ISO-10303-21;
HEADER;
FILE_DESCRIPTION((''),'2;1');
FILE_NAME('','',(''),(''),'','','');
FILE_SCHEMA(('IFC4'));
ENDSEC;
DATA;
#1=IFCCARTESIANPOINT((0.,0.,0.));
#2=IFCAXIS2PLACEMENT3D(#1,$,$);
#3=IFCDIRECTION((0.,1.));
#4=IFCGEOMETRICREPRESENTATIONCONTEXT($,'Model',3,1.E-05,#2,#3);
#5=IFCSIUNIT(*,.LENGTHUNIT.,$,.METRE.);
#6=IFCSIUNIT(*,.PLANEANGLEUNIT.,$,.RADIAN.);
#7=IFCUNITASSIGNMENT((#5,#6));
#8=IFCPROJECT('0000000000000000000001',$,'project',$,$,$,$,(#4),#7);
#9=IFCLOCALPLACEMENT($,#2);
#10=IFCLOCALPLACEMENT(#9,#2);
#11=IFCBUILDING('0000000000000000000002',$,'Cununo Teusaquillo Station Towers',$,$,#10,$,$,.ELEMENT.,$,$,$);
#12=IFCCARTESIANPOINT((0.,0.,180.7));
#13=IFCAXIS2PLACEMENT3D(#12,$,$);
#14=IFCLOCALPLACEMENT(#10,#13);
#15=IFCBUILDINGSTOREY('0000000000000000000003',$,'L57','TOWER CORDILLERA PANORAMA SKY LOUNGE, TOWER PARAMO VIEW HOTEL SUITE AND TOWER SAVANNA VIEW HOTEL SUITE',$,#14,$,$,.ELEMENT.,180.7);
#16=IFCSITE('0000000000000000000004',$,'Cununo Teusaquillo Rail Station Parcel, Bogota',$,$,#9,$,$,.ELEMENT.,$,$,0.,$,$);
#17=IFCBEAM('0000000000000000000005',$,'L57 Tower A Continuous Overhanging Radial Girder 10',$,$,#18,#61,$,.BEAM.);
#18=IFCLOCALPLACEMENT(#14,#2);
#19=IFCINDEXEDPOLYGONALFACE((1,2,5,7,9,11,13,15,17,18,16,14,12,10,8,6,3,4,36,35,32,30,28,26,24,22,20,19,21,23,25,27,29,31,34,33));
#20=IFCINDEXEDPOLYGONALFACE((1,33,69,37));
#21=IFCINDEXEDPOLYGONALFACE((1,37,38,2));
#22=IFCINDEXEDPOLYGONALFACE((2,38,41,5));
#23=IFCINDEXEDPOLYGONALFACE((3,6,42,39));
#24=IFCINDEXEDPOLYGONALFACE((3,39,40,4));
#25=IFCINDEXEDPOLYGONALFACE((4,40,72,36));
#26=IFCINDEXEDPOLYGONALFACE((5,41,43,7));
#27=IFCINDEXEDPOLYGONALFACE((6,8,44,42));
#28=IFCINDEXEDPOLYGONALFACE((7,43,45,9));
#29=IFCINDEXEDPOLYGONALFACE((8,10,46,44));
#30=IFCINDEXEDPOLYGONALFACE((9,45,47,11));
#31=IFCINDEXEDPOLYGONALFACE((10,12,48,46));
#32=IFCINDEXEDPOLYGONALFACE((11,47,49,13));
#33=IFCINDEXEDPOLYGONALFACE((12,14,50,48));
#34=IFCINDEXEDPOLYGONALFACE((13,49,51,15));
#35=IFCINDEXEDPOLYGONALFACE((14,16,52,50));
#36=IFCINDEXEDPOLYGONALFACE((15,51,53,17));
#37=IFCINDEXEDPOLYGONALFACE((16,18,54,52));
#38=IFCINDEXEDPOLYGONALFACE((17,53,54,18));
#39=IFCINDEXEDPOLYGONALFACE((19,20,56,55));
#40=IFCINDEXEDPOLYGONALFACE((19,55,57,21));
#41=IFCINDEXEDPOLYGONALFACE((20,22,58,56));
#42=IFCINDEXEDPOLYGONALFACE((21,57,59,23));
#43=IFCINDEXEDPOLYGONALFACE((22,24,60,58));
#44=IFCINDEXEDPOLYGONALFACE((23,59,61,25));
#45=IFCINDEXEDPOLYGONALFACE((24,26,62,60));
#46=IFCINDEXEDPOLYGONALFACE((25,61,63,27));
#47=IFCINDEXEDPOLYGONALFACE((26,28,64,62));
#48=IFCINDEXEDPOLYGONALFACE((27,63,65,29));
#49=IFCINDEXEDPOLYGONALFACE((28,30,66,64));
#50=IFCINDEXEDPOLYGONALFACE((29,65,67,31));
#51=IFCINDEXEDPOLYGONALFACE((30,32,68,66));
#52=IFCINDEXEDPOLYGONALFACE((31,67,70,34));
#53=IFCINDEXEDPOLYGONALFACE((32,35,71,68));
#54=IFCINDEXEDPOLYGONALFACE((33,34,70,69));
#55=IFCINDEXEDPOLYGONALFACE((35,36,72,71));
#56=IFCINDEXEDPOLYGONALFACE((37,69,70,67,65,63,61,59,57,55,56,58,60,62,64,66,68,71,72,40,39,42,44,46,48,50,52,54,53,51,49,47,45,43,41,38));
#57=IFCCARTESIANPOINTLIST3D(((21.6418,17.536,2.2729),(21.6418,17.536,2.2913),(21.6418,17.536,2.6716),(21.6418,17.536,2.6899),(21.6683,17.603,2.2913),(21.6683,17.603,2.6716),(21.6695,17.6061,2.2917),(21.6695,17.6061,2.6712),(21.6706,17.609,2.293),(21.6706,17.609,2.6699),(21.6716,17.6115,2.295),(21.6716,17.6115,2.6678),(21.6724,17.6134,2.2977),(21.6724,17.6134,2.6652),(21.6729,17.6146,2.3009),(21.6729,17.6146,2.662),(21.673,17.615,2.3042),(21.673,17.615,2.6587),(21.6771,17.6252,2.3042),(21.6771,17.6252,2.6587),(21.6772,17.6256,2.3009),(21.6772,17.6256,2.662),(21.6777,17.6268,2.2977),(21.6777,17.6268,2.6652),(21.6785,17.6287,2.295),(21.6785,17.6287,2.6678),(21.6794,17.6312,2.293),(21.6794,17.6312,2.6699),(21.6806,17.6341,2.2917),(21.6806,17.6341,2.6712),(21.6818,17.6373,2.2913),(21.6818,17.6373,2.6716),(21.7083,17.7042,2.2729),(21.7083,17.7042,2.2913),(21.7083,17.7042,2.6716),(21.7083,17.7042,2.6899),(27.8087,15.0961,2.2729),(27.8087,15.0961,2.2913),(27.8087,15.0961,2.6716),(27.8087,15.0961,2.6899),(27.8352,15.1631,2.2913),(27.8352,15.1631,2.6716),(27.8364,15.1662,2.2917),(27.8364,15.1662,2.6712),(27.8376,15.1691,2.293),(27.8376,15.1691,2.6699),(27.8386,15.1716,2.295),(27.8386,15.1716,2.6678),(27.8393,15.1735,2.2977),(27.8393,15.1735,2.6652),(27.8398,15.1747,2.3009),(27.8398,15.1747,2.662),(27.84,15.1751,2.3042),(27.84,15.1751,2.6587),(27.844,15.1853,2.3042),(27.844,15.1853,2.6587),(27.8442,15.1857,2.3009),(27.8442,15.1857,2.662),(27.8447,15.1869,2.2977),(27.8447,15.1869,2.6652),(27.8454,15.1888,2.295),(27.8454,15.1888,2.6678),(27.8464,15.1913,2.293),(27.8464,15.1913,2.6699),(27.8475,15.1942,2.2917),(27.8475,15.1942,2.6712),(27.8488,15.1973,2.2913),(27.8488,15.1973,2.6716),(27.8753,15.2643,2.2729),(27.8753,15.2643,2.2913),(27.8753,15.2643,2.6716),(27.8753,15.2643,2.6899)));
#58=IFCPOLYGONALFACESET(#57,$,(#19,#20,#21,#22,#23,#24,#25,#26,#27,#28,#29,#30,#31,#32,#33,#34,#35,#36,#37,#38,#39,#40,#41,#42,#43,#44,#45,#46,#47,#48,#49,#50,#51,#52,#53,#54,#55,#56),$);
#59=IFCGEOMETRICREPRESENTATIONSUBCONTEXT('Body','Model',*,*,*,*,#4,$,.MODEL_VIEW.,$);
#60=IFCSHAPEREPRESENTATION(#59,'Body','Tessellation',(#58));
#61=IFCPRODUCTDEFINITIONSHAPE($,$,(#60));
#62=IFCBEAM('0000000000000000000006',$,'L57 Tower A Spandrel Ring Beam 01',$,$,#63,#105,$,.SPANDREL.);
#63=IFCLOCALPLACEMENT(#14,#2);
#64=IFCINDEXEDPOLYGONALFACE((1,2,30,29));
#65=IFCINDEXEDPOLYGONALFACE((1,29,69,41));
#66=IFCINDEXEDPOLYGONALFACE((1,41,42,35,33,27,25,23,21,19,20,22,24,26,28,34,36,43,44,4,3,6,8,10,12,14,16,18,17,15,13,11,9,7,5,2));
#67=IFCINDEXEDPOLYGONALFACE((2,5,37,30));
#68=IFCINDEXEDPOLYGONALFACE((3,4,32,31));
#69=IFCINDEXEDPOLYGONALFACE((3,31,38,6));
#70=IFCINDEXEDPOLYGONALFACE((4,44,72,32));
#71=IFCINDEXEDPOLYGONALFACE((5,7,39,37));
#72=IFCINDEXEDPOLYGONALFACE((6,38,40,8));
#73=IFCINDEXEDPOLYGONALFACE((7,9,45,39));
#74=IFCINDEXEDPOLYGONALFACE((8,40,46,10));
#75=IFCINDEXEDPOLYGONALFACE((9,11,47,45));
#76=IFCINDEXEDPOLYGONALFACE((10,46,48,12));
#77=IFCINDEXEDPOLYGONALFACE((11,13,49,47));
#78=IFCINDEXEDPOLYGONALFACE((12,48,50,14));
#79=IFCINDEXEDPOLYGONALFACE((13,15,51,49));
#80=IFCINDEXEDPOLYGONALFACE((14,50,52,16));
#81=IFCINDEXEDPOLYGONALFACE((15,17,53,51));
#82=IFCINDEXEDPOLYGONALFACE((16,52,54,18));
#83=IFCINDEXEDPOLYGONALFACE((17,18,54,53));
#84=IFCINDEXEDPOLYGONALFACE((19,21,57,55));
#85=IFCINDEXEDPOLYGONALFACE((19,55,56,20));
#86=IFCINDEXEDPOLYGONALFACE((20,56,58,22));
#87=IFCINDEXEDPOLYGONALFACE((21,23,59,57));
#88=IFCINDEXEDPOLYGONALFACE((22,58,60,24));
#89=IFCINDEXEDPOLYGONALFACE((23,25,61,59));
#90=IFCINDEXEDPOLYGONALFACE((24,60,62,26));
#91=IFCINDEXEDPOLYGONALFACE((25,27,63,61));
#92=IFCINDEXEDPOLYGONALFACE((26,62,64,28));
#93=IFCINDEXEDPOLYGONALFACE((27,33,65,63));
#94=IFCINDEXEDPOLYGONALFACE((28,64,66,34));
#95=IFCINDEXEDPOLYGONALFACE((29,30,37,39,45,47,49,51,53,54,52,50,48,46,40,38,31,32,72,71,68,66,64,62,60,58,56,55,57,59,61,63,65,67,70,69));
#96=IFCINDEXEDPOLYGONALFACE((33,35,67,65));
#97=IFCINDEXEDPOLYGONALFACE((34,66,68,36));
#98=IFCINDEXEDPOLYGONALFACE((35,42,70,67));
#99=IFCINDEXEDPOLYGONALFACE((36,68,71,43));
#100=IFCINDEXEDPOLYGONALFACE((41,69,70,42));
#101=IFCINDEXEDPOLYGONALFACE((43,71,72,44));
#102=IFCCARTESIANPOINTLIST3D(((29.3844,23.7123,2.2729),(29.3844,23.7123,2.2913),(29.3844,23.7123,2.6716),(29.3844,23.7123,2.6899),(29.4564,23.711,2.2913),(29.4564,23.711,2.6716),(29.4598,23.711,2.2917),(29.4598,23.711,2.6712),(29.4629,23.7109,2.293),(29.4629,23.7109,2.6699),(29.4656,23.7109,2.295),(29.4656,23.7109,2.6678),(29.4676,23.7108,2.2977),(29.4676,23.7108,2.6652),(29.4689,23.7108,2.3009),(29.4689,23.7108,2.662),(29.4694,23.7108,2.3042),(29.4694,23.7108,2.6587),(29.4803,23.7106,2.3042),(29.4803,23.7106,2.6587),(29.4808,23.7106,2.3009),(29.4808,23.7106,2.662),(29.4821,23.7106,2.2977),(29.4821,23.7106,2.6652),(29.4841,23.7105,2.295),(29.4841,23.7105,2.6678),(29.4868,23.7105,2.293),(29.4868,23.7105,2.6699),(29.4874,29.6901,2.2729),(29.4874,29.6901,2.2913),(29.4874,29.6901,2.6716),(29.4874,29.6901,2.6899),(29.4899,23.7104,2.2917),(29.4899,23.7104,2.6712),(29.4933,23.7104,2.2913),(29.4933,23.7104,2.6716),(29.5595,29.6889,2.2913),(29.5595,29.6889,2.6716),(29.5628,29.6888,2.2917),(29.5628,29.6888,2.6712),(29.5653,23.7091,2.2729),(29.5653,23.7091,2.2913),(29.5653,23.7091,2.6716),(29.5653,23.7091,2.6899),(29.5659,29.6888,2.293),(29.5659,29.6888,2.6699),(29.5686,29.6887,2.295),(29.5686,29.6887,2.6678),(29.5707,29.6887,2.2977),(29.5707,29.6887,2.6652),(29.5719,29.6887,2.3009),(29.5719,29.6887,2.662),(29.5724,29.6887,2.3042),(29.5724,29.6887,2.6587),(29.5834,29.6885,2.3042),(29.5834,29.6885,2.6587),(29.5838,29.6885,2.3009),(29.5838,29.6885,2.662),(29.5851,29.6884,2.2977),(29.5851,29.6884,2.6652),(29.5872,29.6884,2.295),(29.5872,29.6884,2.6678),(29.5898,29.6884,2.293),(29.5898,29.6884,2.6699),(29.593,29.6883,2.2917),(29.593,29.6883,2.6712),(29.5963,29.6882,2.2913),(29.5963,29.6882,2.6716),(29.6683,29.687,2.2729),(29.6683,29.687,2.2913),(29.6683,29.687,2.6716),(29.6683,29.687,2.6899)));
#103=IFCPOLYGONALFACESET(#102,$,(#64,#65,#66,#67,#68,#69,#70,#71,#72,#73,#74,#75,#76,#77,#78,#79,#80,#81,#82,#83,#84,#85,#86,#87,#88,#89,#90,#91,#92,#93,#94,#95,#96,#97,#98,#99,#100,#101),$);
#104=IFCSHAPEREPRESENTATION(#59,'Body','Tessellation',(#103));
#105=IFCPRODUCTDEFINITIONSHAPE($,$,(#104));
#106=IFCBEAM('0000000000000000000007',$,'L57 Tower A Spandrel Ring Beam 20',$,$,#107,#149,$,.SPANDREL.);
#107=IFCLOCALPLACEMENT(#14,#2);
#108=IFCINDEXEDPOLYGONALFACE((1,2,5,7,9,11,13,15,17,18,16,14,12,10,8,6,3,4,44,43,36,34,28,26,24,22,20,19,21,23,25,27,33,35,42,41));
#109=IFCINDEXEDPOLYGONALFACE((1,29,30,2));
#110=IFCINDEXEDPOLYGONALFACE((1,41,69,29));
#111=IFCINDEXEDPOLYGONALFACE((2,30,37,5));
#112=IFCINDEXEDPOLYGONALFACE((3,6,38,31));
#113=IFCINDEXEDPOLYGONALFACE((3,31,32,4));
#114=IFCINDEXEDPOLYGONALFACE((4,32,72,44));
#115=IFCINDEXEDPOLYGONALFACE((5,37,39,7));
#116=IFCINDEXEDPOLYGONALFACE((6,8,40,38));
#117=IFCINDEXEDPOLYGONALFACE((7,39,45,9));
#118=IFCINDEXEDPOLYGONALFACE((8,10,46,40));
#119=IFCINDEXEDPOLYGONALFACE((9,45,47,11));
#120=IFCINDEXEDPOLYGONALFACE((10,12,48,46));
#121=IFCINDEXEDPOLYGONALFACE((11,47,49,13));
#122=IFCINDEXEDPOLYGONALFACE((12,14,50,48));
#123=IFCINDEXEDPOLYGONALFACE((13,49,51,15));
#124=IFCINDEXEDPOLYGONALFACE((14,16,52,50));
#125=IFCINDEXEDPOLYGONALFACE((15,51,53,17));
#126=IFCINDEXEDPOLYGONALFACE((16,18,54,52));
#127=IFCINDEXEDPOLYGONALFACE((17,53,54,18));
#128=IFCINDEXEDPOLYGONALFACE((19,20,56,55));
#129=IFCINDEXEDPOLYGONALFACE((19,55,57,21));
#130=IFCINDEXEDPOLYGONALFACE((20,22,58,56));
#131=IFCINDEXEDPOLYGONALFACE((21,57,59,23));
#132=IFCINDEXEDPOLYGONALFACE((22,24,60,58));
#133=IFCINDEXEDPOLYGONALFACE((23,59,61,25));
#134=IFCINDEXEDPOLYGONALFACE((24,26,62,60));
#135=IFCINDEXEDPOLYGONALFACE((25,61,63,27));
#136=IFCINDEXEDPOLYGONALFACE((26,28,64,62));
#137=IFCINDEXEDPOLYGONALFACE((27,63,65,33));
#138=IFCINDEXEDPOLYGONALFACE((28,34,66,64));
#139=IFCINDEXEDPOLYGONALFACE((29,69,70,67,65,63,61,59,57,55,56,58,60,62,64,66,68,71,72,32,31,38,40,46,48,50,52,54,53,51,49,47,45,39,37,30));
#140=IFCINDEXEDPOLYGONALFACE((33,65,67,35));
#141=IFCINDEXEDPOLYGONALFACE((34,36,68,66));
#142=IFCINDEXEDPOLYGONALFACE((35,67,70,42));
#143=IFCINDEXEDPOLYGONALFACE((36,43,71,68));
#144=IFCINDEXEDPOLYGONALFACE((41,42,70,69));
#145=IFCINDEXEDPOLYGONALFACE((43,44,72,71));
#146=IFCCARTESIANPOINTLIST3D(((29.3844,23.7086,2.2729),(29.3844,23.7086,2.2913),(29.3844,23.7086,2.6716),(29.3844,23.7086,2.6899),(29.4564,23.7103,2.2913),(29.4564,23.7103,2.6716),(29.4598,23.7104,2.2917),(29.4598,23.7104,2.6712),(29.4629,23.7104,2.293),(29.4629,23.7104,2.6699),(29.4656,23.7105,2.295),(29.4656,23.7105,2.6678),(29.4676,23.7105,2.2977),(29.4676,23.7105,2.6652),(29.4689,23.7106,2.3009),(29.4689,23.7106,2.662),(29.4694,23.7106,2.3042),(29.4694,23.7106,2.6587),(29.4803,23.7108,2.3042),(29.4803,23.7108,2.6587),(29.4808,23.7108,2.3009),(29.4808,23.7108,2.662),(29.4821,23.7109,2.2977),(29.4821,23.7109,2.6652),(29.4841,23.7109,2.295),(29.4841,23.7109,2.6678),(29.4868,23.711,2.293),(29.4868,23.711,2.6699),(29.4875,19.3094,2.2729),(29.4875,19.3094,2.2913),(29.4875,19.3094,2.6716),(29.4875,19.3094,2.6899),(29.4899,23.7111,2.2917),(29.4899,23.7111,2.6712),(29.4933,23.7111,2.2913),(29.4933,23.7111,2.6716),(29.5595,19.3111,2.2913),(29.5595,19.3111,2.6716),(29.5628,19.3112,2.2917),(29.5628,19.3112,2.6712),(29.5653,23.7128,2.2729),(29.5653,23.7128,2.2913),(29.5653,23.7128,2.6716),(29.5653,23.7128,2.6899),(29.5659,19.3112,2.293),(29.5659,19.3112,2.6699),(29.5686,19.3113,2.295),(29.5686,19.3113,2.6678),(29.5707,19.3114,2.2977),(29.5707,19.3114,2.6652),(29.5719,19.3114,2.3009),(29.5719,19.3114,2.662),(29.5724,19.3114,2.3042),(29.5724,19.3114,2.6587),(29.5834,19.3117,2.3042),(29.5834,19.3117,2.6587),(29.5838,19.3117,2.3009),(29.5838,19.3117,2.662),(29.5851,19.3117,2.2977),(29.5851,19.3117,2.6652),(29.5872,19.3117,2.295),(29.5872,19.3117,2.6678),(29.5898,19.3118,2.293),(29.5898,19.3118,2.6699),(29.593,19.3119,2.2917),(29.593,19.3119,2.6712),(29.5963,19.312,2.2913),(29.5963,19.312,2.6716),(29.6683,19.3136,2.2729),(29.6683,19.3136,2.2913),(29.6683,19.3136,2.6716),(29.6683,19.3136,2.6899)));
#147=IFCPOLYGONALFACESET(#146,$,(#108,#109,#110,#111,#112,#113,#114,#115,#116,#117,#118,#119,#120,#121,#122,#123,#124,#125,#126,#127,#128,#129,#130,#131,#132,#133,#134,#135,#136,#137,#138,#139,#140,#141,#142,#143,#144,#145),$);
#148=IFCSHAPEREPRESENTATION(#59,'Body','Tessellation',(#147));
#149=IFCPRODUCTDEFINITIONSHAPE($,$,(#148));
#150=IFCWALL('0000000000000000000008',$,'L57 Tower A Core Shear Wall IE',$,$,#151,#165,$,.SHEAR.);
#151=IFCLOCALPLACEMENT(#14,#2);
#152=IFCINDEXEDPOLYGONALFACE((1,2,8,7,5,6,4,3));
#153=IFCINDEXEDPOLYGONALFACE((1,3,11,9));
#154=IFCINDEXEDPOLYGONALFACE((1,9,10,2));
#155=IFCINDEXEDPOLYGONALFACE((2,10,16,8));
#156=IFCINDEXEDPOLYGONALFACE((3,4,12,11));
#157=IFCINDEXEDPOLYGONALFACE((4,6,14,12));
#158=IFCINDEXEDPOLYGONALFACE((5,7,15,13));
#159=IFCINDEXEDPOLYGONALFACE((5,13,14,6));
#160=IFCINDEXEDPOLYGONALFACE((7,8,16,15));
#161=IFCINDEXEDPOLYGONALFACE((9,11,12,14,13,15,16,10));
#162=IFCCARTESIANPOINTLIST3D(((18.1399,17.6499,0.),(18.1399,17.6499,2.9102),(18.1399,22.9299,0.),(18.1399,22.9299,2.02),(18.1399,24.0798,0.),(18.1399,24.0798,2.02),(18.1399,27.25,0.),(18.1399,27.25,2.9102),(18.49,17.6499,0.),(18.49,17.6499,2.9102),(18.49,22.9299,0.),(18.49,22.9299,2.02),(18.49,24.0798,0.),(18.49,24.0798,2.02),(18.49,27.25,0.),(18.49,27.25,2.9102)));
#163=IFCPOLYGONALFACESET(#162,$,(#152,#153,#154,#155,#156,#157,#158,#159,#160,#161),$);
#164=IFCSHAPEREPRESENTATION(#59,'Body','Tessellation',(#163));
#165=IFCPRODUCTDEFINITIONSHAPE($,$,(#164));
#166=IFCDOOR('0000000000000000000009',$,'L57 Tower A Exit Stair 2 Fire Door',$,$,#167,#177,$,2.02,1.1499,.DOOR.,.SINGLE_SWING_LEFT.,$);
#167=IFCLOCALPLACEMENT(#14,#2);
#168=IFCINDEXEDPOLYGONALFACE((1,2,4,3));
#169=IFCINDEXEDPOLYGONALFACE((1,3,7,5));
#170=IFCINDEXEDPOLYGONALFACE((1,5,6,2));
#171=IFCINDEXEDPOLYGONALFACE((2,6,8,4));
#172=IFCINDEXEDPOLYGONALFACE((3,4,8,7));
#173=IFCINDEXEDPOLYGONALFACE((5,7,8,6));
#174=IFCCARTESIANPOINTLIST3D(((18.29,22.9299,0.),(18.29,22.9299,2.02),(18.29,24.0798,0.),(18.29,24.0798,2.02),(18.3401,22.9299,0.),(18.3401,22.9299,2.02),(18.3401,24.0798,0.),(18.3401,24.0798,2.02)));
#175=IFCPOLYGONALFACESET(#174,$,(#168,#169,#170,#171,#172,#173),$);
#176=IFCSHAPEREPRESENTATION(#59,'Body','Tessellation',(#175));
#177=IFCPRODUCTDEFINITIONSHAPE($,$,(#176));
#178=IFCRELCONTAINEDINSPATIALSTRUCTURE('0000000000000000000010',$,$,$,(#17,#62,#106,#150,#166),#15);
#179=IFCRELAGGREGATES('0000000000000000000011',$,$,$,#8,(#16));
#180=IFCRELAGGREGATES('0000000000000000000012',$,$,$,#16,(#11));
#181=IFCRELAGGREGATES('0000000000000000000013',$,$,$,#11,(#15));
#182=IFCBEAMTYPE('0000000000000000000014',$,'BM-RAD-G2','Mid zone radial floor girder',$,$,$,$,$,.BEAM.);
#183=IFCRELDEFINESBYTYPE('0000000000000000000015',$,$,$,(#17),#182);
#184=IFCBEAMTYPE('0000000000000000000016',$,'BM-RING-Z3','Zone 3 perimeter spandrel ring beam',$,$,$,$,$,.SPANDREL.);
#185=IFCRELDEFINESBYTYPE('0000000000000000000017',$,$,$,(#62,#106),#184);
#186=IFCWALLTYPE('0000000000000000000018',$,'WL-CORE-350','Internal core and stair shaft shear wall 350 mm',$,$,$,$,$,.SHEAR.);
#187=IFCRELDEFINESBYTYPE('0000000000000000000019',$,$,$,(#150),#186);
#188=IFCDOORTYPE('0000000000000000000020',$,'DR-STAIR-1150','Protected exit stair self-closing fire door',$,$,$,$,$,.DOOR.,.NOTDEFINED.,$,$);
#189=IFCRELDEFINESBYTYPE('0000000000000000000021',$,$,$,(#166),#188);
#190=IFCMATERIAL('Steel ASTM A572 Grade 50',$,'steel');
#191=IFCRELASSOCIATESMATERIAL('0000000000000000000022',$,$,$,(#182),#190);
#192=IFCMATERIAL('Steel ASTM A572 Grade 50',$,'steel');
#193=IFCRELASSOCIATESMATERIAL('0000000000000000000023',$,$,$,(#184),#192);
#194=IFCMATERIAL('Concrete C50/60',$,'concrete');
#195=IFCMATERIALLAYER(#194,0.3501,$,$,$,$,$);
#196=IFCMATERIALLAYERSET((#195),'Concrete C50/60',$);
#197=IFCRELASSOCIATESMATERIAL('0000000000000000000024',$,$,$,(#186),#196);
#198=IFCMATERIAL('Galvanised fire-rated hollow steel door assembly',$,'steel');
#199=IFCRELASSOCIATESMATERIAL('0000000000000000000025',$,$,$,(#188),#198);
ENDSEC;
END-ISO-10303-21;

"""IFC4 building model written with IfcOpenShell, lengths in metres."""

from ifc_helpers import new_model, si_unit, direction, frame, frame_2d, origin, origin_2d, place, context, subcontext, project, spatial, rectangle, i_section, extrude, source, transform, mapped, material, layer, layer_set, material_profile, profile_set, type_object, element, fill, save


model = new_model("IFC4")

# Units and contexts
model_context = context("Model", 3, precision=1e-05, world=origin(), true_north=direction((0.0, 1.0)))
body_context = subcontext(model_context, "Body", "Model", "MODEL_VIEW")
ifc_project = project(units=[si_unit("LENGTHUNIT", "METRE"), si_unit("PLANEANGLEUNIT", "RADIAN")], contexts=[model_context])

# Site, building, storey
site_placement = place(None, origin())
site = spatial("IfcSite", under=ifc_project, at=site_placement, Name="Cununo Teusaquillo Rail Station Parcel, Bogota", CompositionType="ELEMENT", RefElevation=0.0)
building_placement = place(site_placement, origin())
building = spatial("IfcBuilding", under=site, at=building_placement, Name="Cununo Teusaquillo Station Towers", CompositionType="ELEMENT")
storey_placement = place(building_placement, frame((0.0, 0.0, 180.7)))
storey = spatial("IfcBuildingStorey", under=building, at=storey_placement, Name="L57", Description="TOWER CORDILLERA PANORAMA SKY LOUNGE, TOWER PARAMO VIEW HOTEL SUITE AND TOWER SAVANNA VIEW HOTEL SUITE", CompositionType="ELEMENT", Elevation=180.7)

# Beams
ifc_material_1 = material(Name="Steel ASTM A572 Grade 50", Category="steel")
ifc_material_profile_1 = material_profile(ifc_material_1, i_section(OverallWidth=0.1809, OverallDepth=0.417, WebThickness=0.011, FlangeThickness=0.0183, FilletRadius=0.0129, at=origin_2d()), Name="W16X57")
ifc_profile_set_1 = profile_set([ifc_material_profile_1], Name="Steel ASTM A572 Grade 50")
beam_type_1 = type_object("IfcBeamType", Name="BM-RAD-G2", Description="Mid zone radial floor girder", PredefinedType="BEAM", material=ifc_profile_set_1)
beam_1_placement = place(storey_placement, frame((21.675, 17.6201, 2.4814), z_axis=(0.929866, -0.367897, 0.0), x_axis=(0.367897, 0.929866, 0.0)))
element("IfcBeam", 1, at=beam_1_placement, inside=storey, type_object=beam_type_1, Name="L57 Tower A Continuous Overhanging Radial Girder 10", PredefinedType="BEAM", context=body_context, shape_type="SweptSolid", body=[
    extrude(i_section(OverallWidth=0.1809, OverallDepth=0.417, WebThickness=0.011, FlangeThickness=0.0183, FilletRadius=0.0129, at=origin_2d()), origin(), (0.0, 0.0, 1.0), 6.6321),
])
ifc_material_2 = material(Name="Steel ASTM A572 Grade 50", Category="steel")
ifc_material_profile_2 = material_profile(ifc_material_2, i_section(OverallWidth=0.1809, OverallDepth=0.417, WebThickness=0.011, FlangeThickness=0.0183, FilletRadius=0.0129, at=origin_2d()), Name="W16X57")
ifc_profile_set_2 = profile_set([ifc_material_profile_2], Name="Steel ASTM A572 Grade 50")
beam_type_2 = type_object("IfcBeamType", Name="BM-RING-Z3", Description="Zone 3 perimeter spandrel ring beam", PredefinedType="SPANDREL", material=ifc_profile_set_2)
beam_2_placement = place(storey_placement, frame((29.4749, 23.7107, 2.4814), z_axis=(0.017232, 0.999852, 0.0), x_axis=(-0.999852, 0.017232, 0.0)))
element("IfcBeam", 2, at=beam_2_placement, inside=storey, type_object=beam_type_2, Name="L57 Tower A Spandrel Ring Beam 01", PredefinedType="SPANDREL", context=body_context, shape_type="SweptSolid", body=[
    extrude(i_section(OverallWidth=0.1809, OverallDepth=0.417, WebThickness=0.011, FlangeThickness=0.0183, FilletRadius=0.0129, at=origin_2d()), origin(), (0.0, 0.0, 1.0), 5.9788),
])
beam_3_placement = place(storey_placement, frame((29.5779, 19.3115, 2.4814), z_axis=(-0.023413, 0.999726, 0.0), x_axis=(-0.999726, -0.023413, 0.0)))
element("IfcBeam", 3, at=beam_3_placement, inside=storey, type_object=beam_type_2, Name="L57 Tower A Spandrel Ring Beam 20", PredefinedType="SPANDREL", context=body_context, shape_type="SweptSolid", body=[
    extrude(i_section(OverallWidth=0.1809, OverallDepth=0.417, WebThickness=0.011, FlangeThickness=0.0183, FilletRadius=0.0129, at=origin_2d()), origin(), (0.0, 0.0, 1.0), 4.4004),
])

# Wall, opening, door
ifc_material_3 = material(Name="Concrete C50/60", Category="concrete")
ifc_layer_1 = layer(ifc_material_3, 0.3501)
ifc_layer_set_1 = layer_set([ifc_layer_1], Name="Concrete C50/60")
wall_type_1 = type_object("IfcWallType", Name="WL-CORE-350", Description="Internal core and stair shaft shear wall 350 mm", PredefinedType="SHEAR", material=ifc_layer_set_1)
wall_1_placement = place(storey_placement, frame((18.3149, 17.6499, 0.0), z_axis=(0.0, 0.0, 1.0), x_axis=(0.0, 1.0, 0.0)))
wall_1 = element("IfcWall", 4, at=wall_1_placement, inside=storey, type_object=wall_type_1, Name="L57 Tower A Core Shear Wall IE", PredefinedType="SHEAR", context=body_context, shape_type="SweptSolid", body=[
    extrude(rectangle(XDim=9.6001, YDim=0.3501, at=frame_2d((4.8, 0.0))), origin(), (0.0, 0.0, 1.0), 2.9102),
])
shared_shape_1 = source(origin(), body_context, "Body", "SweptSolid", [
    extrude(rectangle(XDim=1.1499, YDim=2.02, at=frame_2d((0.575, 1.01))), frame((0.0, 0.1851, 0.0), z_axis=(0.0, -1.0, 0.0), x_axis=(1.0, 0.0, 0.0)), (0.0, 0.0, 1.0), 0.3701),
])
opening_1_placement = place(wall_1_placement, frame((5.28, 0.0, 0.0)))
opening_1 = element("IfcOpeningElement", 5, at=opening_1_placement, cuts=wall_1, PredefinedType="OPENING", context=body_context, shape_type="MappedRepresentation", body=[
    mapped(shared_shape_1, transform((0.0, 0.0, 0.0), x_axis=(1.0, 0.0, 0.0), y_axis=(0.0, 1.0, 0.0), z_axis=(0.0, 0.0, 1.0), scale=1.0)),
])
ifc_material_4 = material(Name="Galvanised fire-rated hollow steel door assembly", Category="steel")
door_type_1 = type_object("IfcDoorType", Name="DR-STAIR-1150", Description="Protected exit stair self-closing fire door", OperationType="NOTDEFINED", PredefinedType="DOOR", material=ifc_material_4)
shared_shape_2 = source(origin(), body_context, "Body", "SweptSolid", [
    extrude(rectangle(XDim=1.1499, YDim=2.02, at=frame_2d((0.575, 1.01))), frame((0.0, 0.0249, 0.0), z_axis=(0.0, -1.0, 0.0), x_axis=(1.0, 0.0, 0.0)), (0.0, 0.0, 1.0), 0.05),
])
door_1_placement = place(opening_1_placement, origin())
door_1 = element("IfcDoor", 6, at=door_1_placement, inside=storey, type_object=door_type_1, Name="L57 Tower A Exit Stair 2 Fire Door", OperationType="SINGLE_SWING_LEFT", OverallHeight=2.02, OverallWidth=1.1499, PredefinedType="DOOR", context=body_context, shape_type="MappedRepresentation", body=[
    mapped(shared_shape_2, transform((0.0, 0.0, 0.0), x_axis=(1.0, 0.0, 0.0), y_axis=(0.0, 1.0, 0.0), z_axis=(0.0, 0.0, 1.0), scale=1.0)),
])
fill(opening_1, door_1)

save(model, "model.ifc")
